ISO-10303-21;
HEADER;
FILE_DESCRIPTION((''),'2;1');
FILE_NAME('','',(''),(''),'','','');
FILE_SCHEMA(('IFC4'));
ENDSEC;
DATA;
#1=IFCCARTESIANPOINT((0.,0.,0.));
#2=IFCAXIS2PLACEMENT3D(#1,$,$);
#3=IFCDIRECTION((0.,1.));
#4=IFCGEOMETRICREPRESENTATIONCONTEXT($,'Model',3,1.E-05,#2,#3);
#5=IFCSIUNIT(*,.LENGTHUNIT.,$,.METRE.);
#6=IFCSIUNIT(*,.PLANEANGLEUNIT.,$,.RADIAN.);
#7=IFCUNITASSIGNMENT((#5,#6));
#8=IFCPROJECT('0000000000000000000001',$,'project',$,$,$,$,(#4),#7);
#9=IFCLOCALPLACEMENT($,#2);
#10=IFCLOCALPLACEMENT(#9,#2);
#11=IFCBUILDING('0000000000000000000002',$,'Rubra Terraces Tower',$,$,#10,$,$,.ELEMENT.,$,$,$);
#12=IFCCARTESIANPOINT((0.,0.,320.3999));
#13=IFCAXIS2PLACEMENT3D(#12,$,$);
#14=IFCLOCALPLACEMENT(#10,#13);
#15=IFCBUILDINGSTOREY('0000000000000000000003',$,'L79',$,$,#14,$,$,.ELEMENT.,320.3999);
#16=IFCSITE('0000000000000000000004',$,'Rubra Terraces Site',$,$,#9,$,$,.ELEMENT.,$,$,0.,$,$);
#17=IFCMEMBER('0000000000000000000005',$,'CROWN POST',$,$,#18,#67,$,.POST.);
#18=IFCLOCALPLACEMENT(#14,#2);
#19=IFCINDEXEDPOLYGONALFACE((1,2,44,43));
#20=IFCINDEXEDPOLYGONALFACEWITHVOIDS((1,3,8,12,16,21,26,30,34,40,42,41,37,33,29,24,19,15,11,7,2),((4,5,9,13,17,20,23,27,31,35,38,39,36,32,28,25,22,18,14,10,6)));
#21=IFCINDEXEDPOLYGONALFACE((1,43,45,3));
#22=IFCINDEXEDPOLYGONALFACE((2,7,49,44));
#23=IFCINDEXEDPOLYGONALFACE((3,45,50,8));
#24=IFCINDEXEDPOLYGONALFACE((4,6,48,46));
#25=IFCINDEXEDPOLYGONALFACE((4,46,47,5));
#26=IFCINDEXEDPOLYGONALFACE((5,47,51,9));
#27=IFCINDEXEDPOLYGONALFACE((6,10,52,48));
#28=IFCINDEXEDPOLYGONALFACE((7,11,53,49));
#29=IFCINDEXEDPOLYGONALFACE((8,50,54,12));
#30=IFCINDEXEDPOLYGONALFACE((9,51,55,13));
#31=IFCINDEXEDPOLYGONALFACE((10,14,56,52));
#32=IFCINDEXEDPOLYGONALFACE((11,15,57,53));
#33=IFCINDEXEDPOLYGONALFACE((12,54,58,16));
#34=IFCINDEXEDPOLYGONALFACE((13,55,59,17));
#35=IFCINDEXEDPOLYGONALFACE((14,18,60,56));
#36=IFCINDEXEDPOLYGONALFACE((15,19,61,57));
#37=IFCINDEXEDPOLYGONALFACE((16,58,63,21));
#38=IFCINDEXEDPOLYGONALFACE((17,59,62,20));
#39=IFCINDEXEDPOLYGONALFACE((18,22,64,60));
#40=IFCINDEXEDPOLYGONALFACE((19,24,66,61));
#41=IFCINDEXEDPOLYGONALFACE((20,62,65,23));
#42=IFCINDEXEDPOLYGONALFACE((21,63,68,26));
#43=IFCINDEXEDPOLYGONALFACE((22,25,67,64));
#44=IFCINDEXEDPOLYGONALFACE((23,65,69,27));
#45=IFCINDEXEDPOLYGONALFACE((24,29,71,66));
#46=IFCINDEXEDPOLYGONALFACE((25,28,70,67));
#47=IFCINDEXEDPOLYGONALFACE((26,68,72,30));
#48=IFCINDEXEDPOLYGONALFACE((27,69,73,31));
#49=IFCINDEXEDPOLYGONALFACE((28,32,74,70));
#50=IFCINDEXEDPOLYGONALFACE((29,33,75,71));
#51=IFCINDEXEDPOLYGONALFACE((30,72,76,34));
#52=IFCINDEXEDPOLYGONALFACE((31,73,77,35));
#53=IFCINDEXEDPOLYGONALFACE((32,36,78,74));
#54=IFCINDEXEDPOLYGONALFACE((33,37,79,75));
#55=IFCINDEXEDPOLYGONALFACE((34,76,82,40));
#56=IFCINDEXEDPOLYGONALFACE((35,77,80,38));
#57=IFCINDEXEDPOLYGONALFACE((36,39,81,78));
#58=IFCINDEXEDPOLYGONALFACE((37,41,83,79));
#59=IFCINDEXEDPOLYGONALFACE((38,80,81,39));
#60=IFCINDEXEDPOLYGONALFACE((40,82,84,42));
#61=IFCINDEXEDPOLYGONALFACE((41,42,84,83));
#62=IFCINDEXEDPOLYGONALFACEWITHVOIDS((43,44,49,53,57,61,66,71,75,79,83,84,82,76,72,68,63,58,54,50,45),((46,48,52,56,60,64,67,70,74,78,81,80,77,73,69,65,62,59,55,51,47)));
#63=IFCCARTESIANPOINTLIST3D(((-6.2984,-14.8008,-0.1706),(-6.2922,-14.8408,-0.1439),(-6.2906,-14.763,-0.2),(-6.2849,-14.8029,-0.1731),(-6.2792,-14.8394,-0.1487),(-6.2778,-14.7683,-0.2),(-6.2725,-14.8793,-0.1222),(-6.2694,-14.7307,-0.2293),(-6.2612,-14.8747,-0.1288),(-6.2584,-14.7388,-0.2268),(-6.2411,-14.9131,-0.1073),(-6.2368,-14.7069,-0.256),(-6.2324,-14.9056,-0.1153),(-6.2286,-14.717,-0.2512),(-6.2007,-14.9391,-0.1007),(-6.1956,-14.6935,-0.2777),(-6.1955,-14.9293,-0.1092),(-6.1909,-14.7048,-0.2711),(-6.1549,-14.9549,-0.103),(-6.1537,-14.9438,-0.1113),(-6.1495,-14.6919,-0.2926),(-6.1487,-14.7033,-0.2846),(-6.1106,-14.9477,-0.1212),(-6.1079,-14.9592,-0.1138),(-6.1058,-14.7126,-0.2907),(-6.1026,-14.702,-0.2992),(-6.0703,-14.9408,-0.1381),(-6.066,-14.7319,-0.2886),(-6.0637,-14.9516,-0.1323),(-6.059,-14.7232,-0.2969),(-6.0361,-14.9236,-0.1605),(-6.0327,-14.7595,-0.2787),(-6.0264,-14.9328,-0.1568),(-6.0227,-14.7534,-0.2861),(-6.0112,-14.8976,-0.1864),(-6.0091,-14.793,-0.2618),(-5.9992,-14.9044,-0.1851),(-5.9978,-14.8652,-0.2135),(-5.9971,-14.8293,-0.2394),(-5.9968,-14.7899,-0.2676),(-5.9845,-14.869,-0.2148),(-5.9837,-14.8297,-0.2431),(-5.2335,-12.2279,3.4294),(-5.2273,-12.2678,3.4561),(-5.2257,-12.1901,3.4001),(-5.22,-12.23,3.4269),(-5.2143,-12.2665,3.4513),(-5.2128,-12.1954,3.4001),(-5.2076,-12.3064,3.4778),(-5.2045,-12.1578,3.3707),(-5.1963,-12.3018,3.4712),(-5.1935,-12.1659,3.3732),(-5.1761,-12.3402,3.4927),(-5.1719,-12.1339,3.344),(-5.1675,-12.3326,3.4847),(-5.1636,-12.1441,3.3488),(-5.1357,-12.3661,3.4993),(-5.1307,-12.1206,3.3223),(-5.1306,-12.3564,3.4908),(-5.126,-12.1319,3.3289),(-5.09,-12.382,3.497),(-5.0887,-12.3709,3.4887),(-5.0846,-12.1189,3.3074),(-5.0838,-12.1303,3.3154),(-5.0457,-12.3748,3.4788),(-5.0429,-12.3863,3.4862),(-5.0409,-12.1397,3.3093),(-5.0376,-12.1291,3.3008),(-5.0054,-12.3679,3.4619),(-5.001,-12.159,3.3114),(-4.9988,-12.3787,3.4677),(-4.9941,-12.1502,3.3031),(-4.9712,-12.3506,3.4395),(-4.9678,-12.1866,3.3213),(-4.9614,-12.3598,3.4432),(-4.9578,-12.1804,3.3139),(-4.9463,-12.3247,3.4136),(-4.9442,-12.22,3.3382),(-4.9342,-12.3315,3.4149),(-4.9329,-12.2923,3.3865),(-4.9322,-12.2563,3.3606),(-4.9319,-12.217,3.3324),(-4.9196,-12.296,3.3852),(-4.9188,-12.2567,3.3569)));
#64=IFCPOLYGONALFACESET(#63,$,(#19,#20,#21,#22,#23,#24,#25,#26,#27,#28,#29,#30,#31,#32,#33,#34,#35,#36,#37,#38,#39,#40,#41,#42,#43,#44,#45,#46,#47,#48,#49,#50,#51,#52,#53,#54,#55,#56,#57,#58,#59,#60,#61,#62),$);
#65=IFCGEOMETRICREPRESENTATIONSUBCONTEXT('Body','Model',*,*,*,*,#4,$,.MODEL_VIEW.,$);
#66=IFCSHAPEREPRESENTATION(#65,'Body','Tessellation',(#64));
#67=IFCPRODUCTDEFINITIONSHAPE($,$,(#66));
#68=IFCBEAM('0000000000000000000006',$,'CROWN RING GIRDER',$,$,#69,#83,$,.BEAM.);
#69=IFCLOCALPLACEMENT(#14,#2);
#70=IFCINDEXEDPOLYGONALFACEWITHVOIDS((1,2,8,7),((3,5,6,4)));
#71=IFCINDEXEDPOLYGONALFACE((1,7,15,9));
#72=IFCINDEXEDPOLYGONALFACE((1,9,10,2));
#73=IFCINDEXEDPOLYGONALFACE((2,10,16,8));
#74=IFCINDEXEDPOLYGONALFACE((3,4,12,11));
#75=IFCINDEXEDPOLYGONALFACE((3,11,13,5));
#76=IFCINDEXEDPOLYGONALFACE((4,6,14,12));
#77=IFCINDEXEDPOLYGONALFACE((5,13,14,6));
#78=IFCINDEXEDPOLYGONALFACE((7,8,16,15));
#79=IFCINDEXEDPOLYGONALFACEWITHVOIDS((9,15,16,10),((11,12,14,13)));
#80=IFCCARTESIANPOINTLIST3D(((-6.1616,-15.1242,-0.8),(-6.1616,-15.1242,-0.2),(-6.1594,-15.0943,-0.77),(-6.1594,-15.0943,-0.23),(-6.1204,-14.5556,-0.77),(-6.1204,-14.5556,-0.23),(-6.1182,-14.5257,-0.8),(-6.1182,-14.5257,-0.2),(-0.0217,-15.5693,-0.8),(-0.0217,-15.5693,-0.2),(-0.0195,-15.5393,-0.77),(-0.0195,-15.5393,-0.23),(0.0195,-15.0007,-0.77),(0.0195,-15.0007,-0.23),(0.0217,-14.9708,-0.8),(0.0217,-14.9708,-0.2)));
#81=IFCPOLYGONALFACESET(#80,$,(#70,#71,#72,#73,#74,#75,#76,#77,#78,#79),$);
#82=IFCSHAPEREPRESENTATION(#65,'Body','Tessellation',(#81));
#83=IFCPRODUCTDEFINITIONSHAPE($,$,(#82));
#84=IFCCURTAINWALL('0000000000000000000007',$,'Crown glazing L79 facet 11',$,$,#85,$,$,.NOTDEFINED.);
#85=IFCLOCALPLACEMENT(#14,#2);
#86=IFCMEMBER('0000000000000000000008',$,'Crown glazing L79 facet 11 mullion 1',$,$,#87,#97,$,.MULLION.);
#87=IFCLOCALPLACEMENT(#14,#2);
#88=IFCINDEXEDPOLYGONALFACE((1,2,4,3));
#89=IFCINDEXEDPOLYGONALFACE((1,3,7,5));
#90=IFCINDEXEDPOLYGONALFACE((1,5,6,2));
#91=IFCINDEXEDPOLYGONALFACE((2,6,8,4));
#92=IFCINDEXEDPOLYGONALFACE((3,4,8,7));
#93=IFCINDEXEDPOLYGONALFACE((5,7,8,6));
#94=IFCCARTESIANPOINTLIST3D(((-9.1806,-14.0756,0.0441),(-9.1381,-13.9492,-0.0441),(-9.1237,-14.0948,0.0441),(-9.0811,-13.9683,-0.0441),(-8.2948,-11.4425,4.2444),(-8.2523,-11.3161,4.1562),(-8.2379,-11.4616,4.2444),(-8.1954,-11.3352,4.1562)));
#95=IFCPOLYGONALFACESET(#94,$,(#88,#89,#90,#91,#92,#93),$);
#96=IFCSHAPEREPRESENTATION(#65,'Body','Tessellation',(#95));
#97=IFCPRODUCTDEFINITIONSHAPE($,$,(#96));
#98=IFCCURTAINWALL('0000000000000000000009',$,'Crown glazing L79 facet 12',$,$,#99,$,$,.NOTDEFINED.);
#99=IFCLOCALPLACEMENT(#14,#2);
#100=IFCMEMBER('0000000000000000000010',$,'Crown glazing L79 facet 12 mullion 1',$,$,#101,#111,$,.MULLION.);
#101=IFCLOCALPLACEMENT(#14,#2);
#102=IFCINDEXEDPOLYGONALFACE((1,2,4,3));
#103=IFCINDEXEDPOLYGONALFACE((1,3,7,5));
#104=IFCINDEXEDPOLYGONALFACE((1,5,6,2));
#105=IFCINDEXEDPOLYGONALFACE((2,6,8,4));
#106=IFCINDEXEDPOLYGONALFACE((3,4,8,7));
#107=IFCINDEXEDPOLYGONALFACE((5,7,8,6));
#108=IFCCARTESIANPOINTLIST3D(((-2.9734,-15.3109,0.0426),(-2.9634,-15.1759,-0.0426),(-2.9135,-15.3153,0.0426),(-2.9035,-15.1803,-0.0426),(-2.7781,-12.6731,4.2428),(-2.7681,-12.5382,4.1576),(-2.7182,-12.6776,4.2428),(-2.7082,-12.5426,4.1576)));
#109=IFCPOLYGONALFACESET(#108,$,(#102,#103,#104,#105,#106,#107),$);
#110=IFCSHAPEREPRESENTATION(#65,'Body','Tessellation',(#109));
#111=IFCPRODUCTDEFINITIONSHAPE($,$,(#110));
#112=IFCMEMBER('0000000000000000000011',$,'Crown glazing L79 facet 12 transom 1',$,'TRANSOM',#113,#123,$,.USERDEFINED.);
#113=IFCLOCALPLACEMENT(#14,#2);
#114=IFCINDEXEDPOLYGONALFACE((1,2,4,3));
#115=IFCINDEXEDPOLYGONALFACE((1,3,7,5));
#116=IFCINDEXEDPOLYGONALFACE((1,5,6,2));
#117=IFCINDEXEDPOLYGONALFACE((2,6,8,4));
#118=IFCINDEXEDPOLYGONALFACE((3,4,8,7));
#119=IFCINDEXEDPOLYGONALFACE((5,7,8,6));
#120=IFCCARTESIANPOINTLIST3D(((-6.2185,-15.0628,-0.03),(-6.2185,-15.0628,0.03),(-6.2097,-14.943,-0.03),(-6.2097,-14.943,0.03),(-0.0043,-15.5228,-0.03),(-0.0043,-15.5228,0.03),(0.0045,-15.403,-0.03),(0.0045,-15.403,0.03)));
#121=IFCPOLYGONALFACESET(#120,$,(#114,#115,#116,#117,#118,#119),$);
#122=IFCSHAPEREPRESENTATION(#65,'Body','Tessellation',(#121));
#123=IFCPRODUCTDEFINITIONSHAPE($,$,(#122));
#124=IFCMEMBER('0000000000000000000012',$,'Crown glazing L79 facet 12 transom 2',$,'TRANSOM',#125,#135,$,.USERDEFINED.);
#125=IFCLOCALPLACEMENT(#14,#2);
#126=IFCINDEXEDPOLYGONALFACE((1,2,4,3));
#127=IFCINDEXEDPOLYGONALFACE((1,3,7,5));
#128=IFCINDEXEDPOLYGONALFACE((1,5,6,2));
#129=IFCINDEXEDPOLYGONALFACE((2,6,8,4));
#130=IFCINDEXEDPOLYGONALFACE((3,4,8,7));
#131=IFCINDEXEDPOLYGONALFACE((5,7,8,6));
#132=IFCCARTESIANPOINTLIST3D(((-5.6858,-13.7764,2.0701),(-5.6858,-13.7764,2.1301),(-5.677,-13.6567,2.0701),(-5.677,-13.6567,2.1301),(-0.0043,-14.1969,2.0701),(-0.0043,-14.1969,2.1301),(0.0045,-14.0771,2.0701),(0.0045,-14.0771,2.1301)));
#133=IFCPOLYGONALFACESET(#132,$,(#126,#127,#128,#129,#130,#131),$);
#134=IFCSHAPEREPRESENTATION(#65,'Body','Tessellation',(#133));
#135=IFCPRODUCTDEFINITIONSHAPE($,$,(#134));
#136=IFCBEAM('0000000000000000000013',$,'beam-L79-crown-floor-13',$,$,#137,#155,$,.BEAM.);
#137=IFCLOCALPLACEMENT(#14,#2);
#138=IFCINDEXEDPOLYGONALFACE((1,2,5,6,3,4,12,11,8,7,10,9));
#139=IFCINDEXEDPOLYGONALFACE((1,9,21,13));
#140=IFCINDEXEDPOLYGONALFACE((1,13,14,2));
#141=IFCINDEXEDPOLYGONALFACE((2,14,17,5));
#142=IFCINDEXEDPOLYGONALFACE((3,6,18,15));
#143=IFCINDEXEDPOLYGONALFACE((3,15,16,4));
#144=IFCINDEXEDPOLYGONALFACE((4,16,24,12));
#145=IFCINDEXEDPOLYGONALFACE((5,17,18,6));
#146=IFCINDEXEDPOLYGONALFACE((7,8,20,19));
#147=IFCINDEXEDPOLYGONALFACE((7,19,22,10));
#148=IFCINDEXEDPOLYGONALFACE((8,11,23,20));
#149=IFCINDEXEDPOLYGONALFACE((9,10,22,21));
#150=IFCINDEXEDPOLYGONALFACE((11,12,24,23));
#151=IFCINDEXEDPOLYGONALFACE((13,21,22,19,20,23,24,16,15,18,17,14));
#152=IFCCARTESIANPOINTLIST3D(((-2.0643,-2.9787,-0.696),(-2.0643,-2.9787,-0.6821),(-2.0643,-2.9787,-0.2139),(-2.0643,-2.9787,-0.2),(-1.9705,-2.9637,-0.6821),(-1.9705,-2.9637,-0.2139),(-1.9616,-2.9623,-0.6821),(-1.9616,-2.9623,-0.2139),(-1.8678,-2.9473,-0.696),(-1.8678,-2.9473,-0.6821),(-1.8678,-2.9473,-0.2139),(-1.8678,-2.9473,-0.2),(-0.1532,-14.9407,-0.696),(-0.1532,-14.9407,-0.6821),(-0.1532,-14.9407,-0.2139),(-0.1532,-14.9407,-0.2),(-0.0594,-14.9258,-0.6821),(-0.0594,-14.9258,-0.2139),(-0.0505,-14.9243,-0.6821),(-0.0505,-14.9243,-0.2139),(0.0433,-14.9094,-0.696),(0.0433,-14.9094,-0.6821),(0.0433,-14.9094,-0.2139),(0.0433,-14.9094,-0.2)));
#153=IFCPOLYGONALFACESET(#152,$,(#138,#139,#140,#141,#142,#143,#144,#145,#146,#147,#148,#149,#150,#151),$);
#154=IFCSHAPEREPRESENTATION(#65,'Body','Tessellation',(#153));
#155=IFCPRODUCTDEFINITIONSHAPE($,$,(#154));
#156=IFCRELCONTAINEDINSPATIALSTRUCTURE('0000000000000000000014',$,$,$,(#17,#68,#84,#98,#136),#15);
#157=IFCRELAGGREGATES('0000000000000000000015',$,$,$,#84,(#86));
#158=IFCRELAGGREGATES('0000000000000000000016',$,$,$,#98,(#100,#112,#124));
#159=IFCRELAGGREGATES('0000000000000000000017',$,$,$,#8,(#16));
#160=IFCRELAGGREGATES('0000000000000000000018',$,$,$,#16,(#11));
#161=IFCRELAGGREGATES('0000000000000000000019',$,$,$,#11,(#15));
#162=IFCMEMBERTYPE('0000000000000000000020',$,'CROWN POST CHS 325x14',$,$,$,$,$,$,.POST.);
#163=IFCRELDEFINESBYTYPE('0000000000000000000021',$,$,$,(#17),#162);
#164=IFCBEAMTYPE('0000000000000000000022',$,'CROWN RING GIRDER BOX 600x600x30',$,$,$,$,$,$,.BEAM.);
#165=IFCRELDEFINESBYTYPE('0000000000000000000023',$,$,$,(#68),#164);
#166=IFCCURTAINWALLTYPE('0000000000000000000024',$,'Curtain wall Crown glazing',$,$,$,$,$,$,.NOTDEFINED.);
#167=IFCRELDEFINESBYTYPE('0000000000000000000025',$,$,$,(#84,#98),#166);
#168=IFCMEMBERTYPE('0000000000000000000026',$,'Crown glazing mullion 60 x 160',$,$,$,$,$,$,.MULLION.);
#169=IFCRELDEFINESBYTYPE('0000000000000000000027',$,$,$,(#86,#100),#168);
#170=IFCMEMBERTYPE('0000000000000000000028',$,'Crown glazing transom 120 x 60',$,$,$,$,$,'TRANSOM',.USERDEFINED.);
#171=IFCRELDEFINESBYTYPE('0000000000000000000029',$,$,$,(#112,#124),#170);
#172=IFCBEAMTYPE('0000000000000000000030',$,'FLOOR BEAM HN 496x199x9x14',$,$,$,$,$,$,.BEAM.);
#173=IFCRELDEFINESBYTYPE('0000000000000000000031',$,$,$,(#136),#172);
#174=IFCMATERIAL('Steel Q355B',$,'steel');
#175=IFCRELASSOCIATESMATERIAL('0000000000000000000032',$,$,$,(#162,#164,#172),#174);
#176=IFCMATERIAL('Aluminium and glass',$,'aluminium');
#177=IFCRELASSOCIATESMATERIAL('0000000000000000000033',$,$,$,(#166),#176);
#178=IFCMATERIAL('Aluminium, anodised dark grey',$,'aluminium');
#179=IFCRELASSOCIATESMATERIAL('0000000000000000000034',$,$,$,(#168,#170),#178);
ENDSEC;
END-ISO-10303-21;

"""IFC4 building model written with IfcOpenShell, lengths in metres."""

from ifc_helpers import new_model, si_unit, direction, frame, origin, origin_2d, place, context, subcontext, project, spatial, rectangle, hollow_rectangle, hollow_circle, i_section, extrude, material, material_profile, profile_set, type_object, element, aggregate, save


model = new_model("IFC4")

# Units and contexts
model_context = context("Model", 3, precision=1e-05, world=origin(), true_north=direction((0.0, 1.0)))
body_context = subcontext(model_context, "Body", "Model", "MODEL_VIEW")
ifc_project = project(units=[si_unit("LENGTHUNIT", "METRE"), si_unit("PLANEANGLEUNIT", "RADIAN")], contexts=[model_context])

# Site, building, storey
site_placement = place(None, origin())
site = spatial("IfcSite", under=ifc_project, at=site_placement, Name="Rubra Terraces Site", CompositionType="ELEMENT", RefElevation=0.0)
building_placement = place(site_placement, origin())
building = spatial("IfcBuilding", under=site, at=building_placement, Name="Rubra Terraces Tower", CompositionType="ELEMENT")
storey_placement = place(building_placement, frame((0.0, 0.0, 320.3999)))
storey = spatial("IfcBuildingStorey", under=building, at=storey_placement, Name="L79", CompositionType="ELEMENT", Elevation=320.3999)

# Member
ifc_material_1 = material(Name="Steel Q355B", Category="steel")
ifc_material_profile_1 = material_profile(ifc_material_1, hollow_circle(Radius=0.1626, WallThickness=0.0139, at=origin_2d()), Name="CHS 325x14")
ifc_profile_set_1 = profile_set([ifc_material_profile_1], Name="Steel Q355B")
member_type_1 = type_object("IfcMemberType", Name="CROWN POST CHS 325x14", PredefinedType="POST", material=ifc_profile_set_1)
member_1_placement = place(storey_placement, frame((-6.1404, -14.8252, -0.2), z_axis=(0.233982, 0.565322, 0.790989), x_axis=(-0.923985, 0.382429, 0.0)))
element("IfcMember", 1, at=member_1_placement, inside=storey, type_object=member_type_1, Name="CROWN POST", PredefinedType="POST", context=body_context, shape_type="SweptSolid", body=[
    extrude(hollow_circle(Radius=0.1626, WallThickness=0.0139, at=origin_2d()), origin(), (0.0, 0.0, 1.0), 4.5513),
])

# Beam
ifc_material_profile_2 = material_profile(ifc_material_1, hollow_rectangle(XDim=0.6001, YDim=0.6001, WallThickness=0.03, at=origin_2d()), Name="BOX 600x600x30")
ifc_profile_set_2 = profile_set([ifc_material_profile_2], Name="Steel Q355B")
beam_type_1 = type_object("IfcBeamType", Name="CROWN RING GIRDER BOX 600x600x30", PredefinedType="BEAM", material=ifc_profile_set_2)
beam_1_placement = place(storey_placement, frame((-6.1399, -14.825, -0.5), z_axis=(0.997383, -0.072298, 0.0), x_axis=(0.072298, 0.997383, 0.0)))
element("IfcBeam", 2, at=beam_1_placement, inside=storey, type_object=beam_type_1, Name="CROWN RING GIRDER", PredefinedType="BEAM", context=body_context, shape_type="SweptSolid", body=[
    extrude(hollow_rectangle(XDim=0.6001, YDim=0.6001, WallThickness=0.03, at=origin_2d()), origin(), (0.0, 0.0, 1.0), 6.156),
])

# Curtain wall, member
ifc_material_2 = material(Name="Aluminium and glass", Category="aluminium")
curtain_wall_type = type_object("IfcCurtainWallType", Name="Curtain wall Crown glazing", PredefinedType="NOTDEFINED", material=ifc_material_2)
curtain_wall_1_placement = place(storey_placement, origin())
curtain_wall_1 = element("IfcCurtainWall", 3, at=curtain_wall_1_placement, inside=storey, type_object=curtain_wall_type, Name="Crown glazing L79 facet 11", PredefinedType="NOTDEFINED")
ifc_material_3 = material(Name="Aluminium, anodised dark grey", Category="aluminium")
ifc_material_profile_3 = material_profile(ifc_material_3, rectangle(XDim=0.0601, YDim=0.1599, at=origin_2d()), Name="AL 60x160")
ifc_profile_set_3 = profile_set([ifc_material_profile_3], Name="Aluminium, anodised dark grey")
member_type_2 = type_object("IfcMemberType", Name="Crown glazing mullion 60 x 160", PredefinedType="MULLION", material=ifc_profile_set_3)
member_2_placement = place(storey_placement, frame((-9.1309, -14.022, 0.0), z_axis=(0.175889, 0.522869, 0.834069), x_axis=(-0.94781, 0.318837, 0.0)))
member_2 = element("IfcMember", 4, at=member_2_placement, type_object=member_type_2, Name="Crown glazing L79 facet 11 mullion 1", PredefinedType="MULLION", context=body_context, shape_type="SweptSolid", body=[
    extrude(rectangle(XDim=0.0601, YDim=0.1599, at=origin_2d()), origin(), (0.0, 0.0, 1.0), 5.0359),
])

# Curtain wall, members
curtain_wall_2_placement = place(storey_placement, origin())
curtain_wall_2 = element("IfcCurtainWall", 5, at=curtain_wall_2_placement, inside=storey, type_object=curtain_wall_type, Name="Crown glazing L79 facet 12", PredefinedType="NOTDEFINED")
member_3_placement = place(storey_placement, frame((-2.9385, -15.2456, 0.0), z_axis=(0.039349, 0.531409, 0.846201), x_axis=(-0.99727, 0.073844, 0.0)))
member_3 = element("IfcMember", 6, at=member_3_placement, type_object=member_type_2, Name="Crown glazing L79 facet 12 mullion 1", PredefinedType="MULLION", context=body_context, shape_type="SweptSolid", body=[
    extrude(rectangle(XDim=0.0601, YDim=0.1599, at=origin_2d()), origin(), (0.0, 0.0, 1.0), 4.9636),
])
ifc_material_profile_4 = material_profile(ifc_material_3, rectangle(XDim=0.1201, YDim=0.0601, at=origin_2d()), Name="AL 120x60")
ifc_profile_set_4 = profile_set([ifc_material_profile_4], Name="Aluminium, anodised dark grey")
member_type_3 = type_object("IfcMemberType", Name="Crown glazing transom 120 x 60", ElementType="TRANSOM", PredefinedType="USERDEFINED", material=ifc_profile_set_4)
member_4_placement = place(storey_placement, frame((-6.2141, -15.0029, 0.0), z_axis=(0.997272, -0.073817, 0.0), x_axis=(0.073817, 0.997272, 0.0)))
member_4 = element("IfcMember", 7, at=member_4_placement, type_object=member_type_3, Name="Crown glazing L79 facet 12 transom 1", ObjectType="TRANSOM", PredefinedType="USERDEFINED", context=body_context, shape_type="SweptSolid", body=[
    extrude(rectangle(XDim=0.1201, YDim=0.0601, at=origin_2d()), origin(), (0.0, 0.0, 1.0), 6.2312),
])
member_5_placement = place(storey_placement, frame((-5.6814, -13.7166, 2.1001), z_axis=(0.997273, -0.073796, 0.0), x_axis=(0.073796, 0.997273, 0.0)))
member_5 = element("IfcMember", 8, at=member_5_placement, type_object=member_type_3, Name="Crown glazing L79 facet 12 transom 2", ObjectType="TRANSOM", PredefinedType="USERDEFINED", context=body_context, shape_type="SweptSolid", body=[
    extrude(rectangle(XDim=0.1201, YDim=0.0601, at=origin_2d()), origin(), (0.0, 0.0, 1.0), 5.697),
])

# Beam
ifc_material_profile_5 = material_profile(ifc_material_1, i_section(OverallWidth=0.199, OverallDepth=0.4961, WebThickness=0.009, FlangeThickness=0.0139, at=origin_2d()), Name="HN 496x199x9x14")
ifc_profile_set_5 = profile_set([ifc_material_profile_5], Name="Steel Q355B")
beam_type_2 = type_object("IfcBeamType", Name="FLOOR BEAM HN 496x199x9x14", PredefinedType="BEAM", material=ifc_profile_set_5)
beam_2_placement = place(storey_placement, frame((-0.0549, -14.925, -0.448), z_axis=(-0.157764, 0.987477, 0.0), x_axis=(-0.987477, -0.157764, 0.0)))
element("IfcBeam", 9, at=beam_2_placement, inside=storey, type_object=beam_type_2, Name="beam-L79-crown-floor-13", PredefinedType="BEAM", context=body_context, shape_type="SweptSolid", body=[
    extrude(i_section(OverallWidth=0.199, OverallDepth=0.4961, WebThickness=0.009, FlangeThickness=0.0139, at=origin_2d()), origin(), (0.0, 0.0, 1.0), 12.1138),
])

aggregate(curtain_wall_1, [member_2])
aggregate(curtain_wall_2, [member_3, member_4, member_5])

save(model, "model.ifc")
